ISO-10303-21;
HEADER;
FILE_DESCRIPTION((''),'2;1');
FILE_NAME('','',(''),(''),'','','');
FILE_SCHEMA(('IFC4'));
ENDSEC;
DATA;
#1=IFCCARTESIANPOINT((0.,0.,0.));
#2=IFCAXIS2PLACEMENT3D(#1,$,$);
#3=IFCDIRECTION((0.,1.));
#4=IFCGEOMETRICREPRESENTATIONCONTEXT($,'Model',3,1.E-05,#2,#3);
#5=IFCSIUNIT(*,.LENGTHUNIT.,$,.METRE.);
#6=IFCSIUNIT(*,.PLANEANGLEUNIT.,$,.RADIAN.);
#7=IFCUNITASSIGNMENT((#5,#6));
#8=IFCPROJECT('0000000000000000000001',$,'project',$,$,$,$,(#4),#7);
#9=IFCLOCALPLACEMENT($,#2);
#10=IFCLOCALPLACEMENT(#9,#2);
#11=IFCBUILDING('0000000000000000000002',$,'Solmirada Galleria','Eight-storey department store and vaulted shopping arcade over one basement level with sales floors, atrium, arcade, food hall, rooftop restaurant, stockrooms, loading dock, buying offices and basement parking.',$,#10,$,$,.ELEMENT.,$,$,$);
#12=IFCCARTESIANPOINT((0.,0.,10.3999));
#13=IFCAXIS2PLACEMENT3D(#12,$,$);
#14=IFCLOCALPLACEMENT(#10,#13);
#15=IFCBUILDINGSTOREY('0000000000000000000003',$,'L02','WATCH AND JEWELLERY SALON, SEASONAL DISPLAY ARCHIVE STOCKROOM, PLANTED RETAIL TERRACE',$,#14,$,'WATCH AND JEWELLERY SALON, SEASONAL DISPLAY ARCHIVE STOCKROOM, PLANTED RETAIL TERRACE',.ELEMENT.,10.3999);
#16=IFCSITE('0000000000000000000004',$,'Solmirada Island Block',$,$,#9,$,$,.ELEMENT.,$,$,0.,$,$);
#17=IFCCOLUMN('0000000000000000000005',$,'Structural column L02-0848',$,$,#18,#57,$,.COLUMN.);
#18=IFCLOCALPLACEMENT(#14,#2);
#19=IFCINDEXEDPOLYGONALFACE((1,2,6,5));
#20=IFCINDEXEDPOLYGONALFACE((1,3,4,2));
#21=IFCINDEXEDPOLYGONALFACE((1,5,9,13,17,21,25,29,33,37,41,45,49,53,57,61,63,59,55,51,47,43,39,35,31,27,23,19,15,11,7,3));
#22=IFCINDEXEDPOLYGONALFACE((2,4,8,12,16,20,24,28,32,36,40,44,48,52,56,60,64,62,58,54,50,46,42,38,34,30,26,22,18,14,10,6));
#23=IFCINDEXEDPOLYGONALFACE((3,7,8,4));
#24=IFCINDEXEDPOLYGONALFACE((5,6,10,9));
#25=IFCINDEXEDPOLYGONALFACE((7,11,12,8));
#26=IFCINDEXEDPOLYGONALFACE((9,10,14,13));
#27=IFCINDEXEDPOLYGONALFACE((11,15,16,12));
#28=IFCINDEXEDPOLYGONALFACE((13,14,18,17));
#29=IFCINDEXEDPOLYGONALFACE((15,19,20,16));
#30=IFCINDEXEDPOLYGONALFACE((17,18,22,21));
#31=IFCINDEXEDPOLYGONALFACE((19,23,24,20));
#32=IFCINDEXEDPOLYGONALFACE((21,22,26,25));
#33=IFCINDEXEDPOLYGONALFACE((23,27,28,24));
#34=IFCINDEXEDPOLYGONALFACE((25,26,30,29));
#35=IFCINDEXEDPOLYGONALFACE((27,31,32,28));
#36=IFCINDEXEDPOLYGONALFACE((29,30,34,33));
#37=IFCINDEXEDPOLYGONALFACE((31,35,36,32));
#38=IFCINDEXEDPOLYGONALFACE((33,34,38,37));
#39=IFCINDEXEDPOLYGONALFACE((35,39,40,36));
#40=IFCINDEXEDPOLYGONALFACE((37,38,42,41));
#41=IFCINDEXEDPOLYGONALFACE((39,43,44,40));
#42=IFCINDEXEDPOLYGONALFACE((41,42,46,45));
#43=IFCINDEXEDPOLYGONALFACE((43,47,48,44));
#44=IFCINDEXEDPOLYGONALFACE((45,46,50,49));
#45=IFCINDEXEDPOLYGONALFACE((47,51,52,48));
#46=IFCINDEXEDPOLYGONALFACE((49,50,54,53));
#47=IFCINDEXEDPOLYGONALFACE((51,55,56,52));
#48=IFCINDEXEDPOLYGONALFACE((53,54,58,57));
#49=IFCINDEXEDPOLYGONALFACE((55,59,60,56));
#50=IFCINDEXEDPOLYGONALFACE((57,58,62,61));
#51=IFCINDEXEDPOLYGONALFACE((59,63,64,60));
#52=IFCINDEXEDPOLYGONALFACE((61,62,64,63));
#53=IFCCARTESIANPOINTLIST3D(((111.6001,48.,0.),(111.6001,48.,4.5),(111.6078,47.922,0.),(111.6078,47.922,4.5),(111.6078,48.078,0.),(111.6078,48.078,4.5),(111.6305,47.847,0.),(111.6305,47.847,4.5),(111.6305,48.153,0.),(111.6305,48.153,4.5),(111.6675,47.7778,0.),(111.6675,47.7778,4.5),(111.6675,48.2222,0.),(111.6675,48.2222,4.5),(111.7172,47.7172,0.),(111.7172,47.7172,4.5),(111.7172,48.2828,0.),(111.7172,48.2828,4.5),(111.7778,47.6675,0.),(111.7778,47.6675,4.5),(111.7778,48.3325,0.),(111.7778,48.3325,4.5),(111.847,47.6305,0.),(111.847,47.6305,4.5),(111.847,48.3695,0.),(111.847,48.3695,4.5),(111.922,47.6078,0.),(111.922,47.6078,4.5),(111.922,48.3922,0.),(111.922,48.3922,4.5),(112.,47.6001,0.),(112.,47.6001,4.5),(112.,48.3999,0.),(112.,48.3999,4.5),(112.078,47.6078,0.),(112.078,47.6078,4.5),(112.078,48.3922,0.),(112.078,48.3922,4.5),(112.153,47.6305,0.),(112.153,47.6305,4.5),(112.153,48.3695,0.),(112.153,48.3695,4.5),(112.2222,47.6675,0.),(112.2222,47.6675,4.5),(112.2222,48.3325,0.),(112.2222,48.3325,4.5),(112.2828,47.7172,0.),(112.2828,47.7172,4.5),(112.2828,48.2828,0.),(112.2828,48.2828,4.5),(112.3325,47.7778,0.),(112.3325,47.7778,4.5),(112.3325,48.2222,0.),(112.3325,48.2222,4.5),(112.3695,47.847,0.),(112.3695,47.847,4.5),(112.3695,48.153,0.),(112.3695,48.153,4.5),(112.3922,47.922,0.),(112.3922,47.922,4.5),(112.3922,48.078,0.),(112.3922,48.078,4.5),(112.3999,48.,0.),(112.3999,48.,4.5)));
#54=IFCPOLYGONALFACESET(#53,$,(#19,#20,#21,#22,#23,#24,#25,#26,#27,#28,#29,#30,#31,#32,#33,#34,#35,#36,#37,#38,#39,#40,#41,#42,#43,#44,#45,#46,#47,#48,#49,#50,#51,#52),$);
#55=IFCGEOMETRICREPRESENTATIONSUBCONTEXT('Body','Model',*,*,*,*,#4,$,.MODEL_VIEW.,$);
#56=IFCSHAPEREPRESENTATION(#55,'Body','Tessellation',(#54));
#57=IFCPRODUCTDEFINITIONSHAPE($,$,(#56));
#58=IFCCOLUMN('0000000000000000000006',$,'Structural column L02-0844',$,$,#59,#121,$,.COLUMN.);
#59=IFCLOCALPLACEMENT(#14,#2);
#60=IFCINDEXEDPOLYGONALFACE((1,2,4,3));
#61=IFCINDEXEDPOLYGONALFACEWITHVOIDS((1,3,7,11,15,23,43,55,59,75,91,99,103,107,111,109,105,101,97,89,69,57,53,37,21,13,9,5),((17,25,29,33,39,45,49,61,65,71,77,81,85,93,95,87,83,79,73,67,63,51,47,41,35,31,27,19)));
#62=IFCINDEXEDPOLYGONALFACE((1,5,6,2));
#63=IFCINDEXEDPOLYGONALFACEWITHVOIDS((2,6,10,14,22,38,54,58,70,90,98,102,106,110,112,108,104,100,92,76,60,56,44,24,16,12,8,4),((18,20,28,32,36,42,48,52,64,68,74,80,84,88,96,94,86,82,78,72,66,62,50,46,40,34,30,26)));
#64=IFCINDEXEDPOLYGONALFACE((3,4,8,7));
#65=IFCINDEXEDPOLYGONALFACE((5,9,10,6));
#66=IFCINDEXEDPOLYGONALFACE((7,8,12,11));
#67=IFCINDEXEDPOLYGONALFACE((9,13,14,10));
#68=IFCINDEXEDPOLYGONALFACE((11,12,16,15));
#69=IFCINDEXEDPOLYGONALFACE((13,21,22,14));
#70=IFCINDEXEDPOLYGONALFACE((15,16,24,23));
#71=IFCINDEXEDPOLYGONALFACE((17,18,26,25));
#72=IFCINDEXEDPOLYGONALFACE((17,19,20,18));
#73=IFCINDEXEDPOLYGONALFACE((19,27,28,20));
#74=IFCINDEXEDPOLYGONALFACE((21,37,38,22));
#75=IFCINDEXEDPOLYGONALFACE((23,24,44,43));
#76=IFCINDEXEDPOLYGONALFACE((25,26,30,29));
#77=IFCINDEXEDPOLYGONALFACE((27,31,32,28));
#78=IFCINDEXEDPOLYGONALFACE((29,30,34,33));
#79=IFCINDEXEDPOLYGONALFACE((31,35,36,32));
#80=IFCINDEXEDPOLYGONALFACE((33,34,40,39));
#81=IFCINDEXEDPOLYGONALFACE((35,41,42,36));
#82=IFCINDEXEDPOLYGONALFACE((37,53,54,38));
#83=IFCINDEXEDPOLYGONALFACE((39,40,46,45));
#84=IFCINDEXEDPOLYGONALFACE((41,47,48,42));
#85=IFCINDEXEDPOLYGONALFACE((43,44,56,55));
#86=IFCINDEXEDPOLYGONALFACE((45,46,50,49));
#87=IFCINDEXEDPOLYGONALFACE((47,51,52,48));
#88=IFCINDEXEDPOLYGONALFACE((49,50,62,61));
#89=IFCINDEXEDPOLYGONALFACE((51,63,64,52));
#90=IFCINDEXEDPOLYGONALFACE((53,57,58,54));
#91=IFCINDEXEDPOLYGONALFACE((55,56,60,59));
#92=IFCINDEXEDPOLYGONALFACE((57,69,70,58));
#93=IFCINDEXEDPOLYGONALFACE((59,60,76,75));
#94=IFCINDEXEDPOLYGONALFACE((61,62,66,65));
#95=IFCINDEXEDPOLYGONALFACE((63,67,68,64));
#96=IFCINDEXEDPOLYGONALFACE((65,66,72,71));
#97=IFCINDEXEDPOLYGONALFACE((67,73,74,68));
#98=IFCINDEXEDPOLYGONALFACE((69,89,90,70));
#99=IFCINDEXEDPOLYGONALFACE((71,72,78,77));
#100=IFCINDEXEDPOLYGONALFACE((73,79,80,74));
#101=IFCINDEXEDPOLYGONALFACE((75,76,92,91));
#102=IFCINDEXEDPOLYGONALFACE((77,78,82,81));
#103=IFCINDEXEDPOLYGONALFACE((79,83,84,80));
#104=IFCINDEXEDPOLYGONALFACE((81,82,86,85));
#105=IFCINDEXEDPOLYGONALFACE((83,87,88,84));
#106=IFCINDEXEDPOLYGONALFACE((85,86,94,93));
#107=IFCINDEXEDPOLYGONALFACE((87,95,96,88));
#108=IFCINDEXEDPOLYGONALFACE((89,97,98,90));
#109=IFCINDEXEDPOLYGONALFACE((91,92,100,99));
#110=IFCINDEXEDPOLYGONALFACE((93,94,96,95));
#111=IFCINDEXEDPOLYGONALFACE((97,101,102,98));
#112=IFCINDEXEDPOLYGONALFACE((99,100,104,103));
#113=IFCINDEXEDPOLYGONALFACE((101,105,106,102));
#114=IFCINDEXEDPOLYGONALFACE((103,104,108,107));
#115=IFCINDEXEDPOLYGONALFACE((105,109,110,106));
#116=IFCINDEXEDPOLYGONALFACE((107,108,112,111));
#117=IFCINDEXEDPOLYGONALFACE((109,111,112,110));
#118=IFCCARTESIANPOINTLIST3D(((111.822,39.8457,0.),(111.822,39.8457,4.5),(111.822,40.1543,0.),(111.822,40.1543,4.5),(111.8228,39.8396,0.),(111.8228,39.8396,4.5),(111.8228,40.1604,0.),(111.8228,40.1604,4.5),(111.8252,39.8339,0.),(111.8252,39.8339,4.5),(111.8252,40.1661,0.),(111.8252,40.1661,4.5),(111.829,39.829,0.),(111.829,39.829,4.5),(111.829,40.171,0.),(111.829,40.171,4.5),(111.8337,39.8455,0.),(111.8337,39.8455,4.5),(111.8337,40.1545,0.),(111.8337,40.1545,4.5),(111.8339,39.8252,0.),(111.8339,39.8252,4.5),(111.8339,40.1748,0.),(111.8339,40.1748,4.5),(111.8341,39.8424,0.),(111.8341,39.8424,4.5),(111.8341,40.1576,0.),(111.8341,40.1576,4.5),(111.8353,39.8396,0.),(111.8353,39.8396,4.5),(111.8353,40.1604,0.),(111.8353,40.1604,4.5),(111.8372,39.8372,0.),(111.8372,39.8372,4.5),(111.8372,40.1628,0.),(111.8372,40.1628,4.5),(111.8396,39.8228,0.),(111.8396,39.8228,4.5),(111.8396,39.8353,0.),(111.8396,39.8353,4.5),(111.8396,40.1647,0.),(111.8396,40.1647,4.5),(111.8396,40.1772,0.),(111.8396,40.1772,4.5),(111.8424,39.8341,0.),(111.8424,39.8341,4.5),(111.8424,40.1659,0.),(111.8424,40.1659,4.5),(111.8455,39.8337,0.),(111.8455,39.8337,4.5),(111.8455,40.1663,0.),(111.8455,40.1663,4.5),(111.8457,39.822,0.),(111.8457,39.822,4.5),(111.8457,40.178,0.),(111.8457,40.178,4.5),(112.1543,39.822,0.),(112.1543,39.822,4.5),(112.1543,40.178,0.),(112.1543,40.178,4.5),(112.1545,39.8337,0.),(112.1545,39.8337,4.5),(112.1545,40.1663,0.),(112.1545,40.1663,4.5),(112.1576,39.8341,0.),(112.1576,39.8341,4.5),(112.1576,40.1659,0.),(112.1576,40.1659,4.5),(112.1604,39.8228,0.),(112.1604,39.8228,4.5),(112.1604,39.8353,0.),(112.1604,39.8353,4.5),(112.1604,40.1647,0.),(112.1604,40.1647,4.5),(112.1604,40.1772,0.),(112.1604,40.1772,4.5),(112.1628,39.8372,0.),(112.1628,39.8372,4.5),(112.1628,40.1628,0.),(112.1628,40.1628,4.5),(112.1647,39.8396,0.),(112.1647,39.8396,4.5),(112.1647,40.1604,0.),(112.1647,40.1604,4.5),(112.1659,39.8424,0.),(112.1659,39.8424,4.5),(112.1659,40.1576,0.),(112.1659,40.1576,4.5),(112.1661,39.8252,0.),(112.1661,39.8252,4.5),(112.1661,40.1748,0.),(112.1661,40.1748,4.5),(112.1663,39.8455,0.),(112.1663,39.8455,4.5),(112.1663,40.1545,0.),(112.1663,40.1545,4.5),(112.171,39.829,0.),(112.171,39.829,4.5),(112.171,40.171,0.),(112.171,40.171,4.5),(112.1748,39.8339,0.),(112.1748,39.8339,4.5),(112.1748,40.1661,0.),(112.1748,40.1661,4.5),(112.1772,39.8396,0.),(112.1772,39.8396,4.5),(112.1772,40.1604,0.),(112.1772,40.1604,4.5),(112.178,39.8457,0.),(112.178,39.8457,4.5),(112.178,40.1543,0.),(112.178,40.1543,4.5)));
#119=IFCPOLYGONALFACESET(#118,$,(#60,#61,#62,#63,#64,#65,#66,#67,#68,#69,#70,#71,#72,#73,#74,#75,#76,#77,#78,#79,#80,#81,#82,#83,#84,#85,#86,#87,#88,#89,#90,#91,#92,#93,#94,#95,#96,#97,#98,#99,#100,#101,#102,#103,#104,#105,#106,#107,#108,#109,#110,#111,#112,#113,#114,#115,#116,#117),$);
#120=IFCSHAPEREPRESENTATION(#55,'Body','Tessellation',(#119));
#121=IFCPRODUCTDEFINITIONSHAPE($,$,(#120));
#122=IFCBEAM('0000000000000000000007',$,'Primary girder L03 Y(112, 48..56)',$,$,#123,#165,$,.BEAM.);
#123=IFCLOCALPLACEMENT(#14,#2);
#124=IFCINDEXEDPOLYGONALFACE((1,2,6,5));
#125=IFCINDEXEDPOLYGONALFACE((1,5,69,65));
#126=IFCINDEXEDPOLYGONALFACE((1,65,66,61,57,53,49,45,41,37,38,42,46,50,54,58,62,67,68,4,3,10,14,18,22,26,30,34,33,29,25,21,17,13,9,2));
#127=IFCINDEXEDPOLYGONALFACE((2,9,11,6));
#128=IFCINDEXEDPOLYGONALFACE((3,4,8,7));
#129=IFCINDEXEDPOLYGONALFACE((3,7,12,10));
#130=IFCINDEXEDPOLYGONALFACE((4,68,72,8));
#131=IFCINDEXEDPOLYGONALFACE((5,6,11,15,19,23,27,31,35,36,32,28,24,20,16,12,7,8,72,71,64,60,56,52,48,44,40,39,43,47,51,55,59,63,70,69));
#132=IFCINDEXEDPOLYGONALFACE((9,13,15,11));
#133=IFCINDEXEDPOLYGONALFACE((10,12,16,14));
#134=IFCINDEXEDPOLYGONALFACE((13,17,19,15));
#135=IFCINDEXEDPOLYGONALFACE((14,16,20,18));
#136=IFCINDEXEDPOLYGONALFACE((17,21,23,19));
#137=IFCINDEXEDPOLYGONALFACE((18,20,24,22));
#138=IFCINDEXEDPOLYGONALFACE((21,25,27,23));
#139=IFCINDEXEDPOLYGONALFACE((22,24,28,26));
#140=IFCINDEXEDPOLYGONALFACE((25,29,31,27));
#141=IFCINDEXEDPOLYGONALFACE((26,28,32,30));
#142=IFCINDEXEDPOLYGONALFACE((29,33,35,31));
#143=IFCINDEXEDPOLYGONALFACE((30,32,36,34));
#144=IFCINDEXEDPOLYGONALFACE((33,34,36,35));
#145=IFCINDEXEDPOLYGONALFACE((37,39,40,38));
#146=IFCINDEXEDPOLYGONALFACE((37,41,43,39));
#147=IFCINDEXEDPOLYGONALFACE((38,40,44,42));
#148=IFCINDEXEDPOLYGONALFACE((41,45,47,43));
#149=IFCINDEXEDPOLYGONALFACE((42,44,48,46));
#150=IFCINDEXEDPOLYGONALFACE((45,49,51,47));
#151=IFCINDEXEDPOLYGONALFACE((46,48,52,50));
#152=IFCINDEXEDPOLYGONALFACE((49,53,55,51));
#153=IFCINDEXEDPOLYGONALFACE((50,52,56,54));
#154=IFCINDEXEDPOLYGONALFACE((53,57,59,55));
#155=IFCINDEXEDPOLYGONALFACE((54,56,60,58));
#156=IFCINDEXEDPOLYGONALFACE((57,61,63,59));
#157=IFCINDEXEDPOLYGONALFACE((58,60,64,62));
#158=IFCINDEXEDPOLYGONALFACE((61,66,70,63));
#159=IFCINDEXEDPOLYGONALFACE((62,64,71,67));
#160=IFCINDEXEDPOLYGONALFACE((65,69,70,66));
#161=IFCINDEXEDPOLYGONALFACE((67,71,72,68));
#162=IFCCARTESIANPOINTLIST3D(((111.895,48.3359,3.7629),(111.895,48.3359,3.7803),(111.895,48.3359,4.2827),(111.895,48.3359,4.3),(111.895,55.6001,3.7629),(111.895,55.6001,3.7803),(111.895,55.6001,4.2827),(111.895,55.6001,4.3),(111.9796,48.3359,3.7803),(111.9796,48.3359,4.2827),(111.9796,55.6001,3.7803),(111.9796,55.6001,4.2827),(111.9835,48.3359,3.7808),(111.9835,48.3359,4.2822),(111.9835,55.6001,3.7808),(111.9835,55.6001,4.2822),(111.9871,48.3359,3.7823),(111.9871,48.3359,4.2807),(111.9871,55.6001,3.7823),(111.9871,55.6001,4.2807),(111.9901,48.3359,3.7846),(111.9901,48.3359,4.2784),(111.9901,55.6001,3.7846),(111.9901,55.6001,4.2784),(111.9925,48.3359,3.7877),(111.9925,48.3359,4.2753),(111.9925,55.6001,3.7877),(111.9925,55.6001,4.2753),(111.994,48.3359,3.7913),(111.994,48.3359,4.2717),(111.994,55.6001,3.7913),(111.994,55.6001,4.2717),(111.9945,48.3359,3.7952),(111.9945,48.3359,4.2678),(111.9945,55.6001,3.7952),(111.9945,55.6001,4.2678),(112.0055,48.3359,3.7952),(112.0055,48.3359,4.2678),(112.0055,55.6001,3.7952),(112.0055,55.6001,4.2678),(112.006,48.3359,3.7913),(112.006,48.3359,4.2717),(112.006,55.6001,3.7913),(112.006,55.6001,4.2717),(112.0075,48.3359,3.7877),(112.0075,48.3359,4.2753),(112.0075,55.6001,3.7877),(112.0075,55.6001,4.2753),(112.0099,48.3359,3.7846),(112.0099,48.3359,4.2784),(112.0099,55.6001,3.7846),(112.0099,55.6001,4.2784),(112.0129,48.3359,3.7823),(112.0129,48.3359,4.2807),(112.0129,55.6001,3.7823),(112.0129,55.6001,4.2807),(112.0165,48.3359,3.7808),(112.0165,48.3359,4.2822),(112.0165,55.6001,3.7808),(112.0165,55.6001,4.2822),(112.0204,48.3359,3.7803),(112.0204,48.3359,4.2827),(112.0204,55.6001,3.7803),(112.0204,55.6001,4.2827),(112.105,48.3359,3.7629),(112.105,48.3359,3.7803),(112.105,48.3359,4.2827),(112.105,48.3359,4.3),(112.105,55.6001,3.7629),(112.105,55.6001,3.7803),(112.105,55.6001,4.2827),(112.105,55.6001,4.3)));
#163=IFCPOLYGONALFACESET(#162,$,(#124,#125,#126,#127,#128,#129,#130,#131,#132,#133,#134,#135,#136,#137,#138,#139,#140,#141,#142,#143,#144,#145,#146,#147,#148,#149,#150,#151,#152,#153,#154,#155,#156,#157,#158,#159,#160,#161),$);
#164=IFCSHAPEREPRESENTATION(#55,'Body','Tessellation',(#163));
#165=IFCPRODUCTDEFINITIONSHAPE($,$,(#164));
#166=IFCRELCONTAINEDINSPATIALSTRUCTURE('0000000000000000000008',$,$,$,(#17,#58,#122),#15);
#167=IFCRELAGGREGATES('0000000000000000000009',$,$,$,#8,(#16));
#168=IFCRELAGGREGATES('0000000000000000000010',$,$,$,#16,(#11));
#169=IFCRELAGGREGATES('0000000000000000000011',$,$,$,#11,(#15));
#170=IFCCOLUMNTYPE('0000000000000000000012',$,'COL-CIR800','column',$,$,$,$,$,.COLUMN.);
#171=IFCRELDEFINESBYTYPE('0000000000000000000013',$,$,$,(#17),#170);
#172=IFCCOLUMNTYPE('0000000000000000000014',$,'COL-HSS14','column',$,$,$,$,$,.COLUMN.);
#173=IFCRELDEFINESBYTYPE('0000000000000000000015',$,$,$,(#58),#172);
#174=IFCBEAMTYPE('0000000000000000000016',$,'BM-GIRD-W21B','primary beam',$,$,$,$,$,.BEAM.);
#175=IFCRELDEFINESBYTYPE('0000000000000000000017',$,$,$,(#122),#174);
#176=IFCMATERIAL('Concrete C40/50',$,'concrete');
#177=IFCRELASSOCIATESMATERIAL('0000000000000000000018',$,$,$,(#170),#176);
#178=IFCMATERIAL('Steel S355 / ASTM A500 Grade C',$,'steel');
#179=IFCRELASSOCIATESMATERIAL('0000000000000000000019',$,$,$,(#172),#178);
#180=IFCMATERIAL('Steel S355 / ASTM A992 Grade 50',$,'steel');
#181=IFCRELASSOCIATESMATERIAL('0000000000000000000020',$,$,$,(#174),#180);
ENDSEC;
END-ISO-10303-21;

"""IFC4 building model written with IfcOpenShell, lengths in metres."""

from ifc_helpers import new_model, si_unit, direction, frame, origin, origin_2d, place, context, subcontext, project, spatial, hollow_rectangle, circle, i_section, extrude, material, material_profile, profile_set, type_object, element, save


model = new_model("IFC4")

# Units and contexts
model_context = context("Model", 3, precision=1e-05, world=origin(), true_north=direction((0.0, 1.0)))
body_context = subcontext(model_context, "Body", "Model", "MODEL_VIEW")
ifc_project = project(units=[si_unit("LENGTHUNIT", "METRE"), si_unit("PLANEANGLEUNIT", "RADIAN")], contexts=[model_context])

# Site, building, storey
site_placement = place(None, origin())
site = spatial("IfcSite", under=ifc_project, at=site_placement, Name="Solmirada Island Block", CompositionType="ELEMENT", RefElevation=0.0)
building_placement = place(site_placement, origin())
building = spatial("IfcBuilding", under=site, at=building_placement, Name="Solmirada Galleria", Description="Eight-storey department store and vaulted shopping arcade over one basement level with sales floors, atrium, arcade, food hall, rooftop restaurant, stockrooms, loading dock, buying offices and basement parking.", CompositionType="ELEMENT")
storey_placement = place(building_placement, frame((0.0, 0.0, 10.3999)))
storey = spatial("IfcBuildingStorey", under=building, at=storey_placement, Name="L02", Description="WATCH AND JEWELLERY SALON, SEASONAL DISPLAY ARCHIVE STOCKROOM, PLANTED RETAIL TERRACE", LongName="WATCH AND JEWELLERY SALON, SEASONAL DISPLAY ARCHIVE STOCKROOM, PLANTED RETAIL TERRACE", CompositionType="ELEMENT", Elevation=10.3999)

# Columns
ifc_material_1 = material(Name="Concrete C40/50", Category="concrete")
ifc_material_profile_1 = material_profile(ifc_material_1, circle(Radius=0.3999, at=origin_2d()), Name="RCCOL800")
ifc_profile_set_1 = profile_set([ifc_material_profile_1], Name="Concrete C40/50")
column_type_1 = type_object("IfcColumnType", Name="COL-CIR800", Description="column", PredefinedType="COLUMN", material=ifc_profile_set_1)
column_1_placement = place(storey_placement, frame((112.0, 48.0, 0.0), z_axis=(0.0, 0.0, 1.0), x_axis=(1.0, 0.0, 0.0)))
element("IfcColumn", 1, at=column_1_placement, inside=storey, type_object=column_type_1, Name="Structural column L02-0848", PredefinedType="COLUMN", context=body_context, shape_type="SweptSolid", body=[
    extrude(circle(Radius=0.3999, at=origin_2d()), origin(), (0.0, 0.0, 1.0), 4.5),
])
ifc_material_2 = material(Name="Steel S355 / ASTM A500 Grade C", Category="steel")
ifc_material_profile_2 = material_profile(ifc_material_2, hollow_rectangle(XDim=0.356, YDim=0.356, WallThickness=0.0117, InnerFilletRadius=0.0117, OuterFilletRadius=0.0237, at=origin_2d()), Name="HSS14X14X1/2")
ifc_profile_set_2 = profile_set([ifc_material_profile_2], Name="Steel S355 / ASTM A500 Grade C")
column_type_2 = type_object("IfcColumnType", Name="COL-HSS14", Description="column", PredefinedType="COLUMN", material=ifc_profile_set_2)
column_2_placement = place(storey_placement, frame((112.0, 40.0, 0.0), z_axis=(0.0, 0.0, 1.0), x_axis=(1.0, 0.0, 0.0)))
element("IfcColumn", 2, at=column_2_placement, inside=storey, type_object=column_type_2, Name="Structural column L02-0844", PredefinedType="COLUMN", context=body_context, shape_type="SweptSolid", body=[
    extrude(hollow_rectangle(XDim=0.356, YDim=0.356, WallThickness=0.0117, InnerFilletRadius=0.0117, OuterFilletRadius=0.0237, at=origin_2d()), origin(), (0.0, 0.0, 1.0), 4.5),
])

# Beam
ifc_material_3 = material(Name="Steel S355 / ASTM A992 Grade 50", Category="steel")
ifc_material_profile_3 = material_profile(ifc_material_3, i_section(OverallWidth=0.21, OverallDepth=0.5371, WebThickness=0.011, FlangeThickness=0.0173, FilletRadius=0.0149, at=origin_2d()), Name="W21X68")
ifc_profile_set_3 = profile_set([ifc_material_profile_3], Name="Steel S355 / ASTM A992 Grade 50")
beam_type = type_object("IfcBeamType", Name="BM-GIRD-W21B", Description="primary beam", PredefinedType="BEAM", material=ifc_profile_set_3)
beam_placement = place(storey_placement, frame((112.0, 48.3359, 4.0315), z_axis=(0.0, 1.0, 0.0), x_axis=(-1.0, 0.0, 0.0)))
element("IfcBeam", 3, at=beam_placement, inside=storey, type_object=beam_type, Name="Primary girder L03 Y(112, 48..56)", PredefinedType="BEAM", context=body_context, shape_type="SweptSolid", body=[
    extrude(i_section(OverallWidth=0.21, OverallDepth=0.5371, WebThickness=0.011, FlangeThickness=0.0173, FilletRadius=0.0149, at=origin_2d()), origin(), (0.0, 0.0, 1.0), 7.2642),
])

save(model, "model.ifc")
